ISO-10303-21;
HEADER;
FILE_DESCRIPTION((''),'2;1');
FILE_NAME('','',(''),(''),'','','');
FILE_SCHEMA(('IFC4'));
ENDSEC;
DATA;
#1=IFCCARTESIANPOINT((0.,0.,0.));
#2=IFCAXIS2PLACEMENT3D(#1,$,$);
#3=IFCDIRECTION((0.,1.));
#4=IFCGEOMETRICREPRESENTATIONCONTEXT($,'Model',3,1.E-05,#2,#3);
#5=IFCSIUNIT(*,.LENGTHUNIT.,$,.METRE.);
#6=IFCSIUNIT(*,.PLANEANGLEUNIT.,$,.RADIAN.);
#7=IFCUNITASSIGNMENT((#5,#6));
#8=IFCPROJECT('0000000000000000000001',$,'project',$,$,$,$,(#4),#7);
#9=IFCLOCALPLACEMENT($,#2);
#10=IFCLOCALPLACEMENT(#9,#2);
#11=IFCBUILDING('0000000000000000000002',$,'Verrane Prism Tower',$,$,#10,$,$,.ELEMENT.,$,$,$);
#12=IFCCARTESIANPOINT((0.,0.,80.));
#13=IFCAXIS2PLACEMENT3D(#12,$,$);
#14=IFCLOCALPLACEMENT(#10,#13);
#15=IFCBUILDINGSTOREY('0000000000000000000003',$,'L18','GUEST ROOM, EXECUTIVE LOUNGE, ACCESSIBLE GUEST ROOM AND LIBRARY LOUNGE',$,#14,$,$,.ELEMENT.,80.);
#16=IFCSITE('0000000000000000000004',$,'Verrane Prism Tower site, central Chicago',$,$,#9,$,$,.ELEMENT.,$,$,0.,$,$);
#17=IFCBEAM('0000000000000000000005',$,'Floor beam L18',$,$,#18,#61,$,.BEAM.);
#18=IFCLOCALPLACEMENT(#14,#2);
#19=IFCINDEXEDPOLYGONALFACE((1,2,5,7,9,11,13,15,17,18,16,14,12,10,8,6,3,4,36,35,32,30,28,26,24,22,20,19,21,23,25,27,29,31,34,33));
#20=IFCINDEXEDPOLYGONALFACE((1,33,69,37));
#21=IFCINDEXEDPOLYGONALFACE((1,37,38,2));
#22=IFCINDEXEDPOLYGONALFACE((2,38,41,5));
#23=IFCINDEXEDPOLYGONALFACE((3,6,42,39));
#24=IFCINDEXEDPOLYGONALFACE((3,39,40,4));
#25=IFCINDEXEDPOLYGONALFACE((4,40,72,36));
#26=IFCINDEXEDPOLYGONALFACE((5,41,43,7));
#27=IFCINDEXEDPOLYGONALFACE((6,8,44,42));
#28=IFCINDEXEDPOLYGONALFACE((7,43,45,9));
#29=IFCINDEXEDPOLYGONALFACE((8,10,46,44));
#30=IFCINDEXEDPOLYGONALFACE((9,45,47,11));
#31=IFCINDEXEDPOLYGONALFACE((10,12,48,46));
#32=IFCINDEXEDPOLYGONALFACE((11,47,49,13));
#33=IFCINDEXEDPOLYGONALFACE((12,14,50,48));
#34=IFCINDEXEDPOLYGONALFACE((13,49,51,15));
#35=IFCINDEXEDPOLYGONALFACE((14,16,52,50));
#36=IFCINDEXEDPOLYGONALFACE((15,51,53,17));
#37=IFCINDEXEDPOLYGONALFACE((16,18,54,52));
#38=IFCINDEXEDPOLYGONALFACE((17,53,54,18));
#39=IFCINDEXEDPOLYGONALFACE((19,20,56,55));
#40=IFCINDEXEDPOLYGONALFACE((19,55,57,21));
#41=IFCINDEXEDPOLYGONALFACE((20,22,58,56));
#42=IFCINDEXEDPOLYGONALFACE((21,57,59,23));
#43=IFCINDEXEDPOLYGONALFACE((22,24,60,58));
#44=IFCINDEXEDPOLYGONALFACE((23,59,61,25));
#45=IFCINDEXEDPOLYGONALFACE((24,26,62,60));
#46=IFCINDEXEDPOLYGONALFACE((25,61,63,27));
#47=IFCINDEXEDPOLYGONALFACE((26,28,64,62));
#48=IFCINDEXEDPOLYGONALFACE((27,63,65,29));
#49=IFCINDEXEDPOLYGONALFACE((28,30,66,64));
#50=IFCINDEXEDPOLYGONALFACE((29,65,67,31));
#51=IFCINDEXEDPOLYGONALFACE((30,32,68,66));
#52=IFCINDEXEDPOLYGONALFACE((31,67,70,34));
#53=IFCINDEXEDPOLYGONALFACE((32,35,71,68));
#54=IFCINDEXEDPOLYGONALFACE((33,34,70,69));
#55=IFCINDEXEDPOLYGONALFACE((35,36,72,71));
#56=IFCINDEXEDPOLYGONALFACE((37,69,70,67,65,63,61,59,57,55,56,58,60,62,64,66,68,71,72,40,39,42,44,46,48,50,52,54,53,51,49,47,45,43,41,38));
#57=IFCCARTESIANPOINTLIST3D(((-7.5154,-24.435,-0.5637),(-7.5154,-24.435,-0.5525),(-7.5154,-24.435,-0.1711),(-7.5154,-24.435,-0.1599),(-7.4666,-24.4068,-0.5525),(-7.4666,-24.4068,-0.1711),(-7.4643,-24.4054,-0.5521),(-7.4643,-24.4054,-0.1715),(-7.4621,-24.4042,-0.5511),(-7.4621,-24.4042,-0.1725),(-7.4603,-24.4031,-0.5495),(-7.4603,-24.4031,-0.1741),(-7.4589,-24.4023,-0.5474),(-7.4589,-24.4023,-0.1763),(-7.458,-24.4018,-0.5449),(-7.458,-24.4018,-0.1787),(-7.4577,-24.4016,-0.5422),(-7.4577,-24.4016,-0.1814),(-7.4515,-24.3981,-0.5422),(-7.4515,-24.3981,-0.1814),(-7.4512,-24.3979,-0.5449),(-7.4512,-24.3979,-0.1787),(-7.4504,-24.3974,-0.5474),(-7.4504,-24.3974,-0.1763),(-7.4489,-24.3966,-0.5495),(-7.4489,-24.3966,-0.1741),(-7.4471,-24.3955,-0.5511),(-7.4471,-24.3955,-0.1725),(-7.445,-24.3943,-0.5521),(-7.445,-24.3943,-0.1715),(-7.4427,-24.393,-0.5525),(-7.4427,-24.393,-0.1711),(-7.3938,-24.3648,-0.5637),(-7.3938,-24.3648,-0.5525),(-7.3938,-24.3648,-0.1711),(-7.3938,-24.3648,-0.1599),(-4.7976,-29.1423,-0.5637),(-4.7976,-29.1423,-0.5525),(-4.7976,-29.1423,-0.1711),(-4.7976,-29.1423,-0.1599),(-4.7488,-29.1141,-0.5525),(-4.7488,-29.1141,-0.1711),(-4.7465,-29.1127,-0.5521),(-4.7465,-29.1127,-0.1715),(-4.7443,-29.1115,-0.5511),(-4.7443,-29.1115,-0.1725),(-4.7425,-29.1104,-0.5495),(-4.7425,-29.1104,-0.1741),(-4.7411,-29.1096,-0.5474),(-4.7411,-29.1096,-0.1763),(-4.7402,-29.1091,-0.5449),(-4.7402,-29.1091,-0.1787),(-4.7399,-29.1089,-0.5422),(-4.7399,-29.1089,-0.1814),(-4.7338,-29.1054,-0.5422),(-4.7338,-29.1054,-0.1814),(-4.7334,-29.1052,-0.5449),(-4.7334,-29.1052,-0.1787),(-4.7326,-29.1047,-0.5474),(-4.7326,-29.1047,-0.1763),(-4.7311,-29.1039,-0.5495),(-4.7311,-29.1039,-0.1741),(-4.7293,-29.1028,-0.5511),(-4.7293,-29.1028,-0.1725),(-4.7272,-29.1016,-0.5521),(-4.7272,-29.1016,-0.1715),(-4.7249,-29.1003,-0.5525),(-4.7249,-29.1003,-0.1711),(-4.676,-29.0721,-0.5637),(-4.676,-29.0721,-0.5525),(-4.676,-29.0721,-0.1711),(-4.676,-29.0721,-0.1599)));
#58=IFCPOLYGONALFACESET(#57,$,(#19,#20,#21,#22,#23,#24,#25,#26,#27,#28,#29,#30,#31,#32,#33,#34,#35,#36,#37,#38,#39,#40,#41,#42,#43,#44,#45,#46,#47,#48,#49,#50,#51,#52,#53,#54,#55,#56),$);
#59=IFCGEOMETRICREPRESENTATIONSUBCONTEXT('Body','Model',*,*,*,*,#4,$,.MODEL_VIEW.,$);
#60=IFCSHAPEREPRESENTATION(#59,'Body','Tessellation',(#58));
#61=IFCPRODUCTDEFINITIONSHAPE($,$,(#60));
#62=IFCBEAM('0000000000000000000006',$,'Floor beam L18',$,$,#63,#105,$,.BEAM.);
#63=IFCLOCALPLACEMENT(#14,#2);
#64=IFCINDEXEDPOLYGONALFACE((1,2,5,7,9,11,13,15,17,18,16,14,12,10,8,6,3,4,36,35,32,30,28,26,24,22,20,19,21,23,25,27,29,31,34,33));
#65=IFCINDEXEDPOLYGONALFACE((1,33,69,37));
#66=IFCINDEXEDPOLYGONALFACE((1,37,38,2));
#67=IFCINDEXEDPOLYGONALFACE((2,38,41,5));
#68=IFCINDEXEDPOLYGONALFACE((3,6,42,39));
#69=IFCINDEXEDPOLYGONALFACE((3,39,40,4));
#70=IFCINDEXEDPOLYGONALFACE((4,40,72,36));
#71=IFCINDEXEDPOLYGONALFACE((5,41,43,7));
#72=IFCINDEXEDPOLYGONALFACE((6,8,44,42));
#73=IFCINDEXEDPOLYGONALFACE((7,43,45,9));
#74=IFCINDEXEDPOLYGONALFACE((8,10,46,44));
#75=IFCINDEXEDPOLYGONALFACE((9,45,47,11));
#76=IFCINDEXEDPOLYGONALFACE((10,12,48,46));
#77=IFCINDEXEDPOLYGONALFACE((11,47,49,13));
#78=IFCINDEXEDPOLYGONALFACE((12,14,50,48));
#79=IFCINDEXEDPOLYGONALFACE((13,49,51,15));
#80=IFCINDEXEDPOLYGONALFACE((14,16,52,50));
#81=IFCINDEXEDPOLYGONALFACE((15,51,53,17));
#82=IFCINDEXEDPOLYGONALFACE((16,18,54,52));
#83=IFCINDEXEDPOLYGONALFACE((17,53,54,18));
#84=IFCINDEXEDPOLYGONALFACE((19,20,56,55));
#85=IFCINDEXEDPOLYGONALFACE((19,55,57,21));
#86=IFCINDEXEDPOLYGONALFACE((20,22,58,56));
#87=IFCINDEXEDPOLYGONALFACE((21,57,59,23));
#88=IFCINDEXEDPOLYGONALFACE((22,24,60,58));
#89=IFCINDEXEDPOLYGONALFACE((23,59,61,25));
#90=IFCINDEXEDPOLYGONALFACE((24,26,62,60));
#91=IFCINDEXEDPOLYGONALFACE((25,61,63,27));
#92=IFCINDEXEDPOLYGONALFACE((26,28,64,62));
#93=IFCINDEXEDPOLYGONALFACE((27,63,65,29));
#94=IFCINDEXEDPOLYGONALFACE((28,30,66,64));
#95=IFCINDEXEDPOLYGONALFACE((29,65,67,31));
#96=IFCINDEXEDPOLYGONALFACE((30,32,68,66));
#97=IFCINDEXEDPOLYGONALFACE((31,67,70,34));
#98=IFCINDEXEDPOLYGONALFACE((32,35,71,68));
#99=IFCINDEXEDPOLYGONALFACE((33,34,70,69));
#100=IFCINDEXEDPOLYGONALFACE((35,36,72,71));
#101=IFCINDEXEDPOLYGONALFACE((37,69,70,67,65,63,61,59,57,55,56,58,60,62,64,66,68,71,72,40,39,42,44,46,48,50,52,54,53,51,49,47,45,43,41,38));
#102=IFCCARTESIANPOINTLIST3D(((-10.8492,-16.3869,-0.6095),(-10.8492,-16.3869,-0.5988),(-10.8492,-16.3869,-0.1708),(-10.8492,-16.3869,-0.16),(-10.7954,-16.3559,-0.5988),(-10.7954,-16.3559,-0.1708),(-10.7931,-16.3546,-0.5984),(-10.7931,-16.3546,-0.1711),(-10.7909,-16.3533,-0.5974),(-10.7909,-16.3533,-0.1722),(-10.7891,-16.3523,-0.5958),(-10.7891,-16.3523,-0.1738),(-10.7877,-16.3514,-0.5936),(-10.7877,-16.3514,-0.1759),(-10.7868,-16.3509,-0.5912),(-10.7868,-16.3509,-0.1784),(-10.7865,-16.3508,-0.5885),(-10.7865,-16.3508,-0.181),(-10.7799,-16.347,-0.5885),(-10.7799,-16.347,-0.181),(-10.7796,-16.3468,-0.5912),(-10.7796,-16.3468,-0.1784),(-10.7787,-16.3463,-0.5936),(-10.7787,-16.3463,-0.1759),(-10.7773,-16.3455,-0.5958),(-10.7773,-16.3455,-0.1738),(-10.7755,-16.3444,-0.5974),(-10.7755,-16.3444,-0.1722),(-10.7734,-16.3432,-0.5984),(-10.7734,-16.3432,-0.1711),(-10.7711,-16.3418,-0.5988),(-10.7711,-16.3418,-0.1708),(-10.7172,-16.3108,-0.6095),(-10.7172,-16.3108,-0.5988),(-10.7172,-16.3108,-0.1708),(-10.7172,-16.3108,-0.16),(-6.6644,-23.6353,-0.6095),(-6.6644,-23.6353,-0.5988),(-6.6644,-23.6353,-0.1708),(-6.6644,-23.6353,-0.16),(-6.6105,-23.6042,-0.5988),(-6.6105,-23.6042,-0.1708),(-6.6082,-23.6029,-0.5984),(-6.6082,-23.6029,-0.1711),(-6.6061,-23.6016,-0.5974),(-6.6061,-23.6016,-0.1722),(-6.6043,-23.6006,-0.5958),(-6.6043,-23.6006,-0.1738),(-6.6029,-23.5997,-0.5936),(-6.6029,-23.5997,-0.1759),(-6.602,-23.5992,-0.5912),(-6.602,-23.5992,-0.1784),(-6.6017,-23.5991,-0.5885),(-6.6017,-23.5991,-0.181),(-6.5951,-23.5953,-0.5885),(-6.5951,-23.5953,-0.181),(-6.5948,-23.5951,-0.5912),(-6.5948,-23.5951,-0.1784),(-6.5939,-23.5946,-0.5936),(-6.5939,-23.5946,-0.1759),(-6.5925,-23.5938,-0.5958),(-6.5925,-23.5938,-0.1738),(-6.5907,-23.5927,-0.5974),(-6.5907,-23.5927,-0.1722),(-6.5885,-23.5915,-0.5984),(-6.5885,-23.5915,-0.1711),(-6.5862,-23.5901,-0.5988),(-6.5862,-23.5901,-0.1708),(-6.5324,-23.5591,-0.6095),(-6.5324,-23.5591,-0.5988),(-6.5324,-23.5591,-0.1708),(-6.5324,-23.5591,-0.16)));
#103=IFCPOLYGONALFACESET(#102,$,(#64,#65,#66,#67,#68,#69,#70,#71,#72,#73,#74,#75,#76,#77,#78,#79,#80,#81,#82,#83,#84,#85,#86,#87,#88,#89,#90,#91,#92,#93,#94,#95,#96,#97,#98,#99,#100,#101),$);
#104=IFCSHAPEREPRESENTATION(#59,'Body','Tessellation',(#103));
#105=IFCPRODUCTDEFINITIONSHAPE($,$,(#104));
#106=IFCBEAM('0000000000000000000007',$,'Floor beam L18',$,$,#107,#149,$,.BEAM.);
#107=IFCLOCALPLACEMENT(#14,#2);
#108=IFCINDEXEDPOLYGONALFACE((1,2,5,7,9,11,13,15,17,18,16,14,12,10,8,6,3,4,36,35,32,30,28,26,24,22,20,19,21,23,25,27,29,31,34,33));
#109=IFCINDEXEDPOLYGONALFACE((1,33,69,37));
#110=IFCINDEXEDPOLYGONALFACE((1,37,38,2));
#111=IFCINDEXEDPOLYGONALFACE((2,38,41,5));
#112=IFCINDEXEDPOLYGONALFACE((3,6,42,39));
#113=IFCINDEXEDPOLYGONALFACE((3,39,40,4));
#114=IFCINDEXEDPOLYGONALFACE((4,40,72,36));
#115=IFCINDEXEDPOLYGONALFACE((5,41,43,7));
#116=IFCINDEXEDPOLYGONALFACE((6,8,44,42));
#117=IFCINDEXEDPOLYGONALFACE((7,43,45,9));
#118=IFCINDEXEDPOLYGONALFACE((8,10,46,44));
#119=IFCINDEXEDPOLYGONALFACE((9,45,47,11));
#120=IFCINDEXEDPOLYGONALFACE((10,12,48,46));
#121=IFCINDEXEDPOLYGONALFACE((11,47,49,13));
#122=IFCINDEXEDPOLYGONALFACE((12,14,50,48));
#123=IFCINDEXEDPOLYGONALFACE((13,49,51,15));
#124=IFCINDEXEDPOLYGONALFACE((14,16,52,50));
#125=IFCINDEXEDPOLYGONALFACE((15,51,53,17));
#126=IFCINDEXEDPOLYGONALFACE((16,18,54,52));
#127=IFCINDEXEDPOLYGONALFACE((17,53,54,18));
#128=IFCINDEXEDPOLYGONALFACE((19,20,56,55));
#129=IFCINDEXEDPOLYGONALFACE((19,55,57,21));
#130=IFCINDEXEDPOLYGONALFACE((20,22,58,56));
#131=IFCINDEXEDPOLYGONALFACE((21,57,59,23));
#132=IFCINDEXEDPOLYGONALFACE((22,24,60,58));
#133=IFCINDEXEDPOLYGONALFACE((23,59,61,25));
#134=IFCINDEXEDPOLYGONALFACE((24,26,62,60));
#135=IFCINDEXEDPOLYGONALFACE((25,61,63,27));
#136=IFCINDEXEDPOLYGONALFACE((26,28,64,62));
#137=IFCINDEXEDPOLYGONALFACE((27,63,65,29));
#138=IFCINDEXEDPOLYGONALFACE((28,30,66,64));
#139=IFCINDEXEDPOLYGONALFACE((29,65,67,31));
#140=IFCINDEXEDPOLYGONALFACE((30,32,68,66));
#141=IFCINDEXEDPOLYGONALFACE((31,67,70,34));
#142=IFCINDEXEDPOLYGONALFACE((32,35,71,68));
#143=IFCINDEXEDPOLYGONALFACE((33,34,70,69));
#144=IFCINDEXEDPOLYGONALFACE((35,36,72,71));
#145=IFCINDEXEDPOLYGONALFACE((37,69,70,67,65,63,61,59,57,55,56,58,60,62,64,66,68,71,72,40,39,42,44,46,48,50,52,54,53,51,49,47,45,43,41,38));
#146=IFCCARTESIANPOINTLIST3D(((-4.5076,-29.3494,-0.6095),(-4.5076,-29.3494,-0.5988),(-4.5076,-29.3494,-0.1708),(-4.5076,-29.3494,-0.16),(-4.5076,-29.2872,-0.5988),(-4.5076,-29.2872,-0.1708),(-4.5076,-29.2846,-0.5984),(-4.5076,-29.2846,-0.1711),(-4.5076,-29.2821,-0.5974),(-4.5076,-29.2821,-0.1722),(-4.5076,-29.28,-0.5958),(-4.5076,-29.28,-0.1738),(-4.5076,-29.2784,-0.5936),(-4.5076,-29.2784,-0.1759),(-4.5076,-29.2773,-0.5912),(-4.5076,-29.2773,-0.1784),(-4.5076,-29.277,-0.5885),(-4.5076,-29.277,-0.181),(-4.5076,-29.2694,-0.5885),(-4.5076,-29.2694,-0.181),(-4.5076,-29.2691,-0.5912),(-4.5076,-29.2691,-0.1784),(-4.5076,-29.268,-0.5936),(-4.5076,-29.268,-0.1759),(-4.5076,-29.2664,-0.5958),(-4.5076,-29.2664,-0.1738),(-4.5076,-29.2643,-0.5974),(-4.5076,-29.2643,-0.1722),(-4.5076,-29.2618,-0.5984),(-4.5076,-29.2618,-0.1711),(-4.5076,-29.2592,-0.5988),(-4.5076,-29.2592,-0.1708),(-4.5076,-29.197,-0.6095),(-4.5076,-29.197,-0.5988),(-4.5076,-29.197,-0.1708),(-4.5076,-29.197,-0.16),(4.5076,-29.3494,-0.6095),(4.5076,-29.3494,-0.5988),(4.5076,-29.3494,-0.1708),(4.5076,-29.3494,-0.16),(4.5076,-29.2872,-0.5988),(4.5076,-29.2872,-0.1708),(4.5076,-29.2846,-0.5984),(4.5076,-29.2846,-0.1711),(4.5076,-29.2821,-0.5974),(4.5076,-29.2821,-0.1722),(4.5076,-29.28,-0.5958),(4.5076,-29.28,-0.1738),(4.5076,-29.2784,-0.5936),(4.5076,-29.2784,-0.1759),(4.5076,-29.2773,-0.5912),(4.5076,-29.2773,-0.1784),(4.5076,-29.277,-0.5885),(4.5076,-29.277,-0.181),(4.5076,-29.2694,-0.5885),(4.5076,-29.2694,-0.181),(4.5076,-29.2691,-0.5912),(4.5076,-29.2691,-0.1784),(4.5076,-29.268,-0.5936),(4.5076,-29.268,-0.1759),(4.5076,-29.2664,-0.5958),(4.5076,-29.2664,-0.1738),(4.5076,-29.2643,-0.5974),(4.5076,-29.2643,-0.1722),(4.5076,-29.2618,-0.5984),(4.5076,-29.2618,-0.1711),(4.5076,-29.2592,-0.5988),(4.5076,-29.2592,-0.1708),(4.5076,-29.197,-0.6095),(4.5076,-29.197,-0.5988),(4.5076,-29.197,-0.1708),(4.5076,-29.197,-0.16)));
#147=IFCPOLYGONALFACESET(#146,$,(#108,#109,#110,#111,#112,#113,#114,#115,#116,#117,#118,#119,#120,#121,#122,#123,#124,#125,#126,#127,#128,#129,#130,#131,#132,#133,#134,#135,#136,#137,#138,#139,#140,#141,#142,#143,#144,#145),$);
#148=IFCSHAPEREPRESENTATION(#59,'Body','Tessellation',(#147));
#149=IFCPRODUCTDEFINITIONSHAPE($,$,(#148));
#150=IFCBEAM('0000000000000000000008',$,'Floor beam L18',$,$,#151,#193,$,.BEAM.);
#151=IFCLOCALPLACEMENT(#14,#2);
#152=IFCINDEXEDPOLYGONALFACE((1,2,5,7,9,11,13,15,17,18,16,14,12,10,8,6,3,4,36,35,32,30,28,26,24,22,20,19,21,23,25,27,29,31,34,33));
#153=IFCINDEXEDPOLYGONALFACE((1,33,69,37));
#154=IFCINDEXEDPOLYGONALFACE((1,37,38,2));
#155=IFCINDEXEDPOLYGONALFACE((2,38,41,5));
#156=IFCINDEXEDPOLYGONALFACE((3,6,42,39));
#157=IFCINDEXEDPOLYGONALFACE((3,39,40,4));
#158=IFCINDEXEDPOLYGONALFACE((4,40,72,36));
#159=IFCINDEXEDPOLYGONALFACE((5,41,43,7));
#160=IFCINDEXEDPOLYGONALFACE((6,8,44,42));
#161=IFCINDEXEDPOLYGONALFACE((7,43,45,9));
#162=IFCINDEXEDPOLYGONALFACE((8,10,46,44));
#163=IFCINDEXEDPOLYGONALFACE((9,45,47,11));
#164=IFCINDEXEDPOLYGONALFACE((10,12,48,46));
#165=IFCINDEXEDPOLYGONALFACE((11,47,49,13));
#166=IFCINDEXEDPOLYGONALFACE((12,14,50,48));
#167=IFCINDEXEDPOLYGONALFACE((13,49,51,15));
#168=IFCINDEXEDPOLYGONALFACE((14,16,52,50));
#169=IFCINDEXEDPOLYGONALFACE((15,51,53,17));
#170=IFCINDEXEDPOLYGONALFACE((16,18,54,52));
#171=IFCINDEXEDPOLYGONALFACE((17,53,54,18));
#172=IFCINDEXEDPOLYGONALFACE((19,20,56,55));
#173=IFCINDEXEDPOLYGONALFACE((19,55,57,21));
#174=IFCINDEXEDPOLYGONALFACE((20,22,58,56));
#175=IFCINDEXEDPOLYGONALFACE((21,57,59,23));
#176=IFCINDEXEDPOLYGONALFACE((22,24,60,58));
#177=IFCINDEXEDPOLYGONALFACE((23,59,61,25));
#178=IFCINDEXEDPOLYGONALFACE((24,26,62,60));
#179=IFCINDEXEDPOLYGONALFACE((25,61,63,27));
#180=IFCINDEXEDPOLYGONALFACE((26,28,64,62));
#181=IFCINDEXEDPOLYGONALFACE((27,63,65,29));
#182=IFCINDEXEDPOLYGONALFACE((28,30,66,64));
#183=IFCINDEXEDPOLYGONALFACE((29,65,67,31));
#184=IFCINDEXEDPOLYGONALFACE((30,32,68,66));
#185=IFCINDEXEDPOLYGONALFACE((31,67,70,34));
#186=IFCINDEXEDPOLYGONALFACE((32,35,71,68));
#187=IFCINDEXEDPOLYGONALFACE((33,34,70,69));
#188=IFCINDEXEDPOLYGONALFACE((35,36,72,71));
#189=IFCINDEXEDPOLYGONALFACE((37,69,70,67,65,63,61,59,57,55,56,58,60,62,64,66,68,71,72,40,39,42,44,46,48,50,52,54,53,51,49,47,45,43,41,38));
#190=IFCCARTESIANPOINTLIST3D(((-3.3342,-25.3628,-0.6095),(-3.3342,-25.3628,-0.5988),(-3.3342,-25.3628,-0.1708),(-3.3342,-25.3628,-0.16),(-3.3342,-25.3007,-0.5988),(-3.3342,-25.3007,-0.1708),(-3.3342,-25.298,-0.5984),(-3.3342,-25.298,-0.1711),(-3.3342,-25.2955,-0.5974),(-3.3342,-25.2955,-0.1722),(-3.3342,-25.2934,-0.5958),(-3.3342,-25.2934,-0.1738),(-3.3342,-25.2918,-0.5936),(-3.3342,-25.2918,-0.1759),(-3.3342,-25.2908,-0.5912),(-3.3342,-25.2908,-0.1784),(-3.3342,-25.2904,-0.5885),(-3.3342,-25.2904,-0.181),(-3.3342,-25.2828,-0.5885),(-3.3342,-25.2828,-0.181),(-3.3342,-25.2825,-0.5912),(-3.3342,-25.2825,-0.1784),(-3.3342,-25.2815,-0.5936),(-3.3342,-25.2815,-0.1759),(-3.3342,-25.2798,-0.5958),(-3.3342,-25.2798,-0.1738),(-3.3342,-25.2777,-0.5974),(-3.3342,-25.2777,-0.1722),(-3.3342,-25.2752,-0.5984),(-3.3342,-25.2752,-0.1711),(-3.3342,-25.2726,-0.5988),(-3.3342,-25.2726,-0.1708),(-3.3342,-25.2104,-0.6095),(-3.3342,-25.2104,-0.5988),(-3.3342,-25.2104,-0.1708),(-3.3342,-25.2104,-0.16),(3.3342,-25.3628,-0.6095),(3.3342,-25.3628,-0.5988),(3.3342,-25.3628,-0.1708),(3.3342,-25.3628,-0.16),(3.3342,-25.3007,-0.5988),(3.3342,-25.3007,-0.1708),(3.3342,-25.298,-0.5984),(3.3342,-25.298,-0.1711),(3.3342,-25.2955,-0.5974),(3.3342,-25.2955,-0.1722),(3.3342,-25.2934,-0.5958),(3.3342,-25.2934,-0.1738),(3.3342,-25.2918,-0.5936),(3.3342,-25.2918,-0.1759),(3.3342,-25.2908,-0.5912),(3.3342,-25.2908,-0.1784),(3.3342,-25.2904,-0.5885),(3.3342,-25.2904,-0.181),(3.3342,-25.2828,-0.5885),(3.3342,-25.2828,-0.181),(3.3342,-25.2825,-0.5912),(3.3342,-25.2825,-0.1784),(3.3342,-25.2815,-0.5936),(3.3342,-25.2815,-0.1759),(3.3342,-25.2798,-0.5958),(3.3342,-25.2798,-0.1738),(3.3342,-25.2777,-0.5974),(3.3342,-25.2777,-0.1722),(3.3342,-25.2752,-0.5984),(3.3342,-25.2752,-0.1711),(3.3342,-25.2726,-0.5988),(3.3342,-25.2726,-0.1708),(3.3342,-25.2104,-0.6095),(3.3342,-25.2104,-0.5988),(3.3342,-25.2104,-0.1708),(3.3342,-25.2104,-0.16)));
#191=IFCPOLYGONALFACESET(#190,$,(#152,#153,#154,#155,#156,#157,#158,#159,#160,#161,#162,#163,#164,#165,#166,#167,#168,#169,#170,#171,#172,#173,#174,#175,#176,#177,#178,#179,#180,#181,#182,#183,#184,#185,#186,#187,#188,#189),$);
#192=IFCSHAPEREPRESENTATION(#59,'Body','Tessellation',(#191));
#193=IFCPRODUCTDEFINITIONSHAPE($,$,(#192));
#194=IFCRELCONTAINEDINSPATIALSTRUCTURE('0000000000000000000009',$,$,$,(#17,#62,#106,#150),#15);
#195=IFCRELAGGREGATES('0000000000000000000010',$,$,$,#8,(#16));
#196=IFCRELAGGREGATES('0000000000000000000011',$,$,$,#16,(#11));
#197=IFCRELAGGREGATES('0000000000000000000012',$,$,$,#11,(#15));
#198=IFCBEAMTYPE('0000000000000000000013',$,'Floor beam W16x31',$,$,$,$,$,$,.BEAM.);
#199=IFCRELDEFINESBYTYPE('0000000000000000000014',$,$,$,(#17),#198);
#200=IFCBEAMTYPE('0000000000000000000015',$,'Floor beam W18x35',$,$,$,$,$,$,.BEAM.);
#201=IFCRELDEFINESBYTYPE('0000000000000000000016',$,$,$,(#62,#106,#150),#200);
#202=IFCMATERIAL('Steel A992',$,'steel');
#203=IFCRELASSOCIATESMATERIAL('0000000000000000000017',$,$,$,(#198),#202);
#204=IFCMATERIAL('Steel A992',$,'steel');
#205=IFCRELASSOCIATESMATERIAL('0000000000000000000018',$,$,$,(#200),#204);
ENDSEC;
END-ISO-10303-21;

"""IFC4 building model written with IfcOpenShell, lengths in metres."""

from ifc_helpers import new_model, si_unit, direction, frame, origin, origin_2d, place, context, subcontext, project, spatial, i_section, extrude, material, material_profile, profile_set, type_object, element, save


model = new_model("IFC4")

# Units and contexts
model_context = context("Model", 3, precision=1e-05, world=origin(), true_north=direction((0.0, 1.0)))
body_context = subcontext(model_context, "Body", "Model", "MODEL_VIEW")
ifc_project = project(units=[si_unit("LENGTHUNIT", "METRE"), si_unit("PLANEANGLEUNIT", "RADIAN")], contexts=[model_context])

# Site, building, storey
site_placement = place(None, origin())
site = spatial("IfcSite", under=ifc_project, at=site_placement, Name="Verrane Prism Tower site, central Chicago", CompositionType="ELEMENT", RefElevation=0.0)
building_placement = place(site_placement, origin())
building = spatial("IfcBuilding", under=site, at=building_placement, Name="Verrane Prism Tower", CompositionType="ELEMENT")
storey_placement = place(building_placement, frame((0.0, 0.0, 80.0)))
storey = spatial("IfcBuildingStorey", under=building, at=storey_placement, Name="L18", Description="GUEST ROOM, EXECUTIVE LOUNGE, ACCESSIBLE GUEST ROOM AND LIBRARY LOUNGE", CompositionType="ELEMENT", Elevation=80.0)

# Beams
ifc_material_1 = material(Name="Steel A992", Category="steel")
ifc_material_profile_1 = material_profile(ifc_material_1, i_section(OverallWidth=0.1404, OverallDepth=0.4038, WebThickness=0.0071, FlangeThickness=0.0112, FilletRadius=0.0103, at=origin_2d()), Name="W16x31")
ifc_profile_set_1 = profile_set([ifc_material_profile_1], Name="Steel A992")
beam_type_1 = type_object("IfcBeamType", Name="Floor beam W16x31", PredefinedType="BEAM", material=ifc_profile_set_1)
beam_1_placement = place(storey_placement, frame((-4.7368, -29.1072, -0.3618), z_axis=(-0.500004, 0.866023, 0.0), x_axis=(-0.866023, -0.500004, 0.0)))
element("IfcBeam", 1, at=beam_1_placement, inside=storey, type_object=beam_type_1, Name="Floor beam L18", PredefinedType="BEAM", context=body_context, shape_type="SweptSolid", body=[
    extrude(i_section(OverallWidth=0.1404, OverallDepth=0.4038, WebThickness=0.0071, FlangeThickness=0.0112, FilletRadius=0.0103, at=origin_2d()), origin(), (0.0, 0.0, 1.0), 5.4355),
])
ifc_material_2 = material(Name="Steel A992", Category="steel")
ifc_material_profile_2 = material_profile(ifc_material_2, i_section(OverallWidth=0.1523, OverallDepth=0.4495, WebThickness=0.0076, FlangeThickness=0.0107, FilletRadius=0.0103, at=origin_2d()), Name="W18x35")
ifc_profile_set_2 = profile_set([ifc_material_profile_2], Name="Steel A992")
beam_type_2 = type_object("IfcBeamType", Name="Floor beam W18x35", PredefinedType="BEAM", material=ifc_profile_set_2)
beam_2_placement = place(storey_placement, frame((-6.5984, -23.5972, -0.3848), z_axis=(-0.500001, 0.866025, 0.0), x_axis=(-0.866025, -0.500001, 0.0)))
element("IfcBeam", 2, at=beam_2_placement, inside=storey, type_object=beam_type_2, Name="Floor beam L18", PredefinedType="BEAM", context=body_context, shape_type="SweptSolid", body=[
    extrude(i_section(OverallWidth=0.1523, OverallDepth=0.4495, WebThickness=0.0076, FlangeThickness=0.0107, FilletRadius=0.0103, at=origin_2d()), origin(), (0.0, 0.0, 1.0), 8.3696),
])
beam_3_placement = place(storey_placement, frame((-4.5076, -29.2732, -0.3848), z_axis=(1.0, 0.0, 0.0), x_axis=(0.0, 1.0, 0.0)))
element("IfcBeam", 3, at=beam_3_placement, inside=storey, type_object=beam_type_2, Name="Floor beam L18", PredefinedType="BEAM", context=body_context, shape_type="SweptSolid", body=[
    extrude(i_section(OverallWidth=0.1523, OverallDepth=0.4495, WebThickness=0.0076, FlangeThickness=0.0107, FilletRadius=0.0103, at=origin_2d()), origin(), (0.0, 0.0, 1.0), 9.0151),
])
beam_4_placement = place(storey_placement, frame((-3.3342, -25.2866, -0.3848), z_axis=(1.0, 0.0, 0.0), x_axis=(0.0, 1.0, 0.0)))
element("IfcBeam", 4, at=beam_4_placement, inside=storey, type_object=beam_type_2, Name="Floor beam L18", PredefinedType="BEAM", context=body_context, shape_type="SweptSolid", body=[
    extrude(i_section(OverallWidth=0.1523, OverallDepth=0.4495, WebThickness=0.0076, FlangeThickness=0.0107, FilletRadius=0.0103, at=origin_2d()), origin(), (0.0, 0.0, 1.0), 6.6685),
])

save(model, "model.ifc")
